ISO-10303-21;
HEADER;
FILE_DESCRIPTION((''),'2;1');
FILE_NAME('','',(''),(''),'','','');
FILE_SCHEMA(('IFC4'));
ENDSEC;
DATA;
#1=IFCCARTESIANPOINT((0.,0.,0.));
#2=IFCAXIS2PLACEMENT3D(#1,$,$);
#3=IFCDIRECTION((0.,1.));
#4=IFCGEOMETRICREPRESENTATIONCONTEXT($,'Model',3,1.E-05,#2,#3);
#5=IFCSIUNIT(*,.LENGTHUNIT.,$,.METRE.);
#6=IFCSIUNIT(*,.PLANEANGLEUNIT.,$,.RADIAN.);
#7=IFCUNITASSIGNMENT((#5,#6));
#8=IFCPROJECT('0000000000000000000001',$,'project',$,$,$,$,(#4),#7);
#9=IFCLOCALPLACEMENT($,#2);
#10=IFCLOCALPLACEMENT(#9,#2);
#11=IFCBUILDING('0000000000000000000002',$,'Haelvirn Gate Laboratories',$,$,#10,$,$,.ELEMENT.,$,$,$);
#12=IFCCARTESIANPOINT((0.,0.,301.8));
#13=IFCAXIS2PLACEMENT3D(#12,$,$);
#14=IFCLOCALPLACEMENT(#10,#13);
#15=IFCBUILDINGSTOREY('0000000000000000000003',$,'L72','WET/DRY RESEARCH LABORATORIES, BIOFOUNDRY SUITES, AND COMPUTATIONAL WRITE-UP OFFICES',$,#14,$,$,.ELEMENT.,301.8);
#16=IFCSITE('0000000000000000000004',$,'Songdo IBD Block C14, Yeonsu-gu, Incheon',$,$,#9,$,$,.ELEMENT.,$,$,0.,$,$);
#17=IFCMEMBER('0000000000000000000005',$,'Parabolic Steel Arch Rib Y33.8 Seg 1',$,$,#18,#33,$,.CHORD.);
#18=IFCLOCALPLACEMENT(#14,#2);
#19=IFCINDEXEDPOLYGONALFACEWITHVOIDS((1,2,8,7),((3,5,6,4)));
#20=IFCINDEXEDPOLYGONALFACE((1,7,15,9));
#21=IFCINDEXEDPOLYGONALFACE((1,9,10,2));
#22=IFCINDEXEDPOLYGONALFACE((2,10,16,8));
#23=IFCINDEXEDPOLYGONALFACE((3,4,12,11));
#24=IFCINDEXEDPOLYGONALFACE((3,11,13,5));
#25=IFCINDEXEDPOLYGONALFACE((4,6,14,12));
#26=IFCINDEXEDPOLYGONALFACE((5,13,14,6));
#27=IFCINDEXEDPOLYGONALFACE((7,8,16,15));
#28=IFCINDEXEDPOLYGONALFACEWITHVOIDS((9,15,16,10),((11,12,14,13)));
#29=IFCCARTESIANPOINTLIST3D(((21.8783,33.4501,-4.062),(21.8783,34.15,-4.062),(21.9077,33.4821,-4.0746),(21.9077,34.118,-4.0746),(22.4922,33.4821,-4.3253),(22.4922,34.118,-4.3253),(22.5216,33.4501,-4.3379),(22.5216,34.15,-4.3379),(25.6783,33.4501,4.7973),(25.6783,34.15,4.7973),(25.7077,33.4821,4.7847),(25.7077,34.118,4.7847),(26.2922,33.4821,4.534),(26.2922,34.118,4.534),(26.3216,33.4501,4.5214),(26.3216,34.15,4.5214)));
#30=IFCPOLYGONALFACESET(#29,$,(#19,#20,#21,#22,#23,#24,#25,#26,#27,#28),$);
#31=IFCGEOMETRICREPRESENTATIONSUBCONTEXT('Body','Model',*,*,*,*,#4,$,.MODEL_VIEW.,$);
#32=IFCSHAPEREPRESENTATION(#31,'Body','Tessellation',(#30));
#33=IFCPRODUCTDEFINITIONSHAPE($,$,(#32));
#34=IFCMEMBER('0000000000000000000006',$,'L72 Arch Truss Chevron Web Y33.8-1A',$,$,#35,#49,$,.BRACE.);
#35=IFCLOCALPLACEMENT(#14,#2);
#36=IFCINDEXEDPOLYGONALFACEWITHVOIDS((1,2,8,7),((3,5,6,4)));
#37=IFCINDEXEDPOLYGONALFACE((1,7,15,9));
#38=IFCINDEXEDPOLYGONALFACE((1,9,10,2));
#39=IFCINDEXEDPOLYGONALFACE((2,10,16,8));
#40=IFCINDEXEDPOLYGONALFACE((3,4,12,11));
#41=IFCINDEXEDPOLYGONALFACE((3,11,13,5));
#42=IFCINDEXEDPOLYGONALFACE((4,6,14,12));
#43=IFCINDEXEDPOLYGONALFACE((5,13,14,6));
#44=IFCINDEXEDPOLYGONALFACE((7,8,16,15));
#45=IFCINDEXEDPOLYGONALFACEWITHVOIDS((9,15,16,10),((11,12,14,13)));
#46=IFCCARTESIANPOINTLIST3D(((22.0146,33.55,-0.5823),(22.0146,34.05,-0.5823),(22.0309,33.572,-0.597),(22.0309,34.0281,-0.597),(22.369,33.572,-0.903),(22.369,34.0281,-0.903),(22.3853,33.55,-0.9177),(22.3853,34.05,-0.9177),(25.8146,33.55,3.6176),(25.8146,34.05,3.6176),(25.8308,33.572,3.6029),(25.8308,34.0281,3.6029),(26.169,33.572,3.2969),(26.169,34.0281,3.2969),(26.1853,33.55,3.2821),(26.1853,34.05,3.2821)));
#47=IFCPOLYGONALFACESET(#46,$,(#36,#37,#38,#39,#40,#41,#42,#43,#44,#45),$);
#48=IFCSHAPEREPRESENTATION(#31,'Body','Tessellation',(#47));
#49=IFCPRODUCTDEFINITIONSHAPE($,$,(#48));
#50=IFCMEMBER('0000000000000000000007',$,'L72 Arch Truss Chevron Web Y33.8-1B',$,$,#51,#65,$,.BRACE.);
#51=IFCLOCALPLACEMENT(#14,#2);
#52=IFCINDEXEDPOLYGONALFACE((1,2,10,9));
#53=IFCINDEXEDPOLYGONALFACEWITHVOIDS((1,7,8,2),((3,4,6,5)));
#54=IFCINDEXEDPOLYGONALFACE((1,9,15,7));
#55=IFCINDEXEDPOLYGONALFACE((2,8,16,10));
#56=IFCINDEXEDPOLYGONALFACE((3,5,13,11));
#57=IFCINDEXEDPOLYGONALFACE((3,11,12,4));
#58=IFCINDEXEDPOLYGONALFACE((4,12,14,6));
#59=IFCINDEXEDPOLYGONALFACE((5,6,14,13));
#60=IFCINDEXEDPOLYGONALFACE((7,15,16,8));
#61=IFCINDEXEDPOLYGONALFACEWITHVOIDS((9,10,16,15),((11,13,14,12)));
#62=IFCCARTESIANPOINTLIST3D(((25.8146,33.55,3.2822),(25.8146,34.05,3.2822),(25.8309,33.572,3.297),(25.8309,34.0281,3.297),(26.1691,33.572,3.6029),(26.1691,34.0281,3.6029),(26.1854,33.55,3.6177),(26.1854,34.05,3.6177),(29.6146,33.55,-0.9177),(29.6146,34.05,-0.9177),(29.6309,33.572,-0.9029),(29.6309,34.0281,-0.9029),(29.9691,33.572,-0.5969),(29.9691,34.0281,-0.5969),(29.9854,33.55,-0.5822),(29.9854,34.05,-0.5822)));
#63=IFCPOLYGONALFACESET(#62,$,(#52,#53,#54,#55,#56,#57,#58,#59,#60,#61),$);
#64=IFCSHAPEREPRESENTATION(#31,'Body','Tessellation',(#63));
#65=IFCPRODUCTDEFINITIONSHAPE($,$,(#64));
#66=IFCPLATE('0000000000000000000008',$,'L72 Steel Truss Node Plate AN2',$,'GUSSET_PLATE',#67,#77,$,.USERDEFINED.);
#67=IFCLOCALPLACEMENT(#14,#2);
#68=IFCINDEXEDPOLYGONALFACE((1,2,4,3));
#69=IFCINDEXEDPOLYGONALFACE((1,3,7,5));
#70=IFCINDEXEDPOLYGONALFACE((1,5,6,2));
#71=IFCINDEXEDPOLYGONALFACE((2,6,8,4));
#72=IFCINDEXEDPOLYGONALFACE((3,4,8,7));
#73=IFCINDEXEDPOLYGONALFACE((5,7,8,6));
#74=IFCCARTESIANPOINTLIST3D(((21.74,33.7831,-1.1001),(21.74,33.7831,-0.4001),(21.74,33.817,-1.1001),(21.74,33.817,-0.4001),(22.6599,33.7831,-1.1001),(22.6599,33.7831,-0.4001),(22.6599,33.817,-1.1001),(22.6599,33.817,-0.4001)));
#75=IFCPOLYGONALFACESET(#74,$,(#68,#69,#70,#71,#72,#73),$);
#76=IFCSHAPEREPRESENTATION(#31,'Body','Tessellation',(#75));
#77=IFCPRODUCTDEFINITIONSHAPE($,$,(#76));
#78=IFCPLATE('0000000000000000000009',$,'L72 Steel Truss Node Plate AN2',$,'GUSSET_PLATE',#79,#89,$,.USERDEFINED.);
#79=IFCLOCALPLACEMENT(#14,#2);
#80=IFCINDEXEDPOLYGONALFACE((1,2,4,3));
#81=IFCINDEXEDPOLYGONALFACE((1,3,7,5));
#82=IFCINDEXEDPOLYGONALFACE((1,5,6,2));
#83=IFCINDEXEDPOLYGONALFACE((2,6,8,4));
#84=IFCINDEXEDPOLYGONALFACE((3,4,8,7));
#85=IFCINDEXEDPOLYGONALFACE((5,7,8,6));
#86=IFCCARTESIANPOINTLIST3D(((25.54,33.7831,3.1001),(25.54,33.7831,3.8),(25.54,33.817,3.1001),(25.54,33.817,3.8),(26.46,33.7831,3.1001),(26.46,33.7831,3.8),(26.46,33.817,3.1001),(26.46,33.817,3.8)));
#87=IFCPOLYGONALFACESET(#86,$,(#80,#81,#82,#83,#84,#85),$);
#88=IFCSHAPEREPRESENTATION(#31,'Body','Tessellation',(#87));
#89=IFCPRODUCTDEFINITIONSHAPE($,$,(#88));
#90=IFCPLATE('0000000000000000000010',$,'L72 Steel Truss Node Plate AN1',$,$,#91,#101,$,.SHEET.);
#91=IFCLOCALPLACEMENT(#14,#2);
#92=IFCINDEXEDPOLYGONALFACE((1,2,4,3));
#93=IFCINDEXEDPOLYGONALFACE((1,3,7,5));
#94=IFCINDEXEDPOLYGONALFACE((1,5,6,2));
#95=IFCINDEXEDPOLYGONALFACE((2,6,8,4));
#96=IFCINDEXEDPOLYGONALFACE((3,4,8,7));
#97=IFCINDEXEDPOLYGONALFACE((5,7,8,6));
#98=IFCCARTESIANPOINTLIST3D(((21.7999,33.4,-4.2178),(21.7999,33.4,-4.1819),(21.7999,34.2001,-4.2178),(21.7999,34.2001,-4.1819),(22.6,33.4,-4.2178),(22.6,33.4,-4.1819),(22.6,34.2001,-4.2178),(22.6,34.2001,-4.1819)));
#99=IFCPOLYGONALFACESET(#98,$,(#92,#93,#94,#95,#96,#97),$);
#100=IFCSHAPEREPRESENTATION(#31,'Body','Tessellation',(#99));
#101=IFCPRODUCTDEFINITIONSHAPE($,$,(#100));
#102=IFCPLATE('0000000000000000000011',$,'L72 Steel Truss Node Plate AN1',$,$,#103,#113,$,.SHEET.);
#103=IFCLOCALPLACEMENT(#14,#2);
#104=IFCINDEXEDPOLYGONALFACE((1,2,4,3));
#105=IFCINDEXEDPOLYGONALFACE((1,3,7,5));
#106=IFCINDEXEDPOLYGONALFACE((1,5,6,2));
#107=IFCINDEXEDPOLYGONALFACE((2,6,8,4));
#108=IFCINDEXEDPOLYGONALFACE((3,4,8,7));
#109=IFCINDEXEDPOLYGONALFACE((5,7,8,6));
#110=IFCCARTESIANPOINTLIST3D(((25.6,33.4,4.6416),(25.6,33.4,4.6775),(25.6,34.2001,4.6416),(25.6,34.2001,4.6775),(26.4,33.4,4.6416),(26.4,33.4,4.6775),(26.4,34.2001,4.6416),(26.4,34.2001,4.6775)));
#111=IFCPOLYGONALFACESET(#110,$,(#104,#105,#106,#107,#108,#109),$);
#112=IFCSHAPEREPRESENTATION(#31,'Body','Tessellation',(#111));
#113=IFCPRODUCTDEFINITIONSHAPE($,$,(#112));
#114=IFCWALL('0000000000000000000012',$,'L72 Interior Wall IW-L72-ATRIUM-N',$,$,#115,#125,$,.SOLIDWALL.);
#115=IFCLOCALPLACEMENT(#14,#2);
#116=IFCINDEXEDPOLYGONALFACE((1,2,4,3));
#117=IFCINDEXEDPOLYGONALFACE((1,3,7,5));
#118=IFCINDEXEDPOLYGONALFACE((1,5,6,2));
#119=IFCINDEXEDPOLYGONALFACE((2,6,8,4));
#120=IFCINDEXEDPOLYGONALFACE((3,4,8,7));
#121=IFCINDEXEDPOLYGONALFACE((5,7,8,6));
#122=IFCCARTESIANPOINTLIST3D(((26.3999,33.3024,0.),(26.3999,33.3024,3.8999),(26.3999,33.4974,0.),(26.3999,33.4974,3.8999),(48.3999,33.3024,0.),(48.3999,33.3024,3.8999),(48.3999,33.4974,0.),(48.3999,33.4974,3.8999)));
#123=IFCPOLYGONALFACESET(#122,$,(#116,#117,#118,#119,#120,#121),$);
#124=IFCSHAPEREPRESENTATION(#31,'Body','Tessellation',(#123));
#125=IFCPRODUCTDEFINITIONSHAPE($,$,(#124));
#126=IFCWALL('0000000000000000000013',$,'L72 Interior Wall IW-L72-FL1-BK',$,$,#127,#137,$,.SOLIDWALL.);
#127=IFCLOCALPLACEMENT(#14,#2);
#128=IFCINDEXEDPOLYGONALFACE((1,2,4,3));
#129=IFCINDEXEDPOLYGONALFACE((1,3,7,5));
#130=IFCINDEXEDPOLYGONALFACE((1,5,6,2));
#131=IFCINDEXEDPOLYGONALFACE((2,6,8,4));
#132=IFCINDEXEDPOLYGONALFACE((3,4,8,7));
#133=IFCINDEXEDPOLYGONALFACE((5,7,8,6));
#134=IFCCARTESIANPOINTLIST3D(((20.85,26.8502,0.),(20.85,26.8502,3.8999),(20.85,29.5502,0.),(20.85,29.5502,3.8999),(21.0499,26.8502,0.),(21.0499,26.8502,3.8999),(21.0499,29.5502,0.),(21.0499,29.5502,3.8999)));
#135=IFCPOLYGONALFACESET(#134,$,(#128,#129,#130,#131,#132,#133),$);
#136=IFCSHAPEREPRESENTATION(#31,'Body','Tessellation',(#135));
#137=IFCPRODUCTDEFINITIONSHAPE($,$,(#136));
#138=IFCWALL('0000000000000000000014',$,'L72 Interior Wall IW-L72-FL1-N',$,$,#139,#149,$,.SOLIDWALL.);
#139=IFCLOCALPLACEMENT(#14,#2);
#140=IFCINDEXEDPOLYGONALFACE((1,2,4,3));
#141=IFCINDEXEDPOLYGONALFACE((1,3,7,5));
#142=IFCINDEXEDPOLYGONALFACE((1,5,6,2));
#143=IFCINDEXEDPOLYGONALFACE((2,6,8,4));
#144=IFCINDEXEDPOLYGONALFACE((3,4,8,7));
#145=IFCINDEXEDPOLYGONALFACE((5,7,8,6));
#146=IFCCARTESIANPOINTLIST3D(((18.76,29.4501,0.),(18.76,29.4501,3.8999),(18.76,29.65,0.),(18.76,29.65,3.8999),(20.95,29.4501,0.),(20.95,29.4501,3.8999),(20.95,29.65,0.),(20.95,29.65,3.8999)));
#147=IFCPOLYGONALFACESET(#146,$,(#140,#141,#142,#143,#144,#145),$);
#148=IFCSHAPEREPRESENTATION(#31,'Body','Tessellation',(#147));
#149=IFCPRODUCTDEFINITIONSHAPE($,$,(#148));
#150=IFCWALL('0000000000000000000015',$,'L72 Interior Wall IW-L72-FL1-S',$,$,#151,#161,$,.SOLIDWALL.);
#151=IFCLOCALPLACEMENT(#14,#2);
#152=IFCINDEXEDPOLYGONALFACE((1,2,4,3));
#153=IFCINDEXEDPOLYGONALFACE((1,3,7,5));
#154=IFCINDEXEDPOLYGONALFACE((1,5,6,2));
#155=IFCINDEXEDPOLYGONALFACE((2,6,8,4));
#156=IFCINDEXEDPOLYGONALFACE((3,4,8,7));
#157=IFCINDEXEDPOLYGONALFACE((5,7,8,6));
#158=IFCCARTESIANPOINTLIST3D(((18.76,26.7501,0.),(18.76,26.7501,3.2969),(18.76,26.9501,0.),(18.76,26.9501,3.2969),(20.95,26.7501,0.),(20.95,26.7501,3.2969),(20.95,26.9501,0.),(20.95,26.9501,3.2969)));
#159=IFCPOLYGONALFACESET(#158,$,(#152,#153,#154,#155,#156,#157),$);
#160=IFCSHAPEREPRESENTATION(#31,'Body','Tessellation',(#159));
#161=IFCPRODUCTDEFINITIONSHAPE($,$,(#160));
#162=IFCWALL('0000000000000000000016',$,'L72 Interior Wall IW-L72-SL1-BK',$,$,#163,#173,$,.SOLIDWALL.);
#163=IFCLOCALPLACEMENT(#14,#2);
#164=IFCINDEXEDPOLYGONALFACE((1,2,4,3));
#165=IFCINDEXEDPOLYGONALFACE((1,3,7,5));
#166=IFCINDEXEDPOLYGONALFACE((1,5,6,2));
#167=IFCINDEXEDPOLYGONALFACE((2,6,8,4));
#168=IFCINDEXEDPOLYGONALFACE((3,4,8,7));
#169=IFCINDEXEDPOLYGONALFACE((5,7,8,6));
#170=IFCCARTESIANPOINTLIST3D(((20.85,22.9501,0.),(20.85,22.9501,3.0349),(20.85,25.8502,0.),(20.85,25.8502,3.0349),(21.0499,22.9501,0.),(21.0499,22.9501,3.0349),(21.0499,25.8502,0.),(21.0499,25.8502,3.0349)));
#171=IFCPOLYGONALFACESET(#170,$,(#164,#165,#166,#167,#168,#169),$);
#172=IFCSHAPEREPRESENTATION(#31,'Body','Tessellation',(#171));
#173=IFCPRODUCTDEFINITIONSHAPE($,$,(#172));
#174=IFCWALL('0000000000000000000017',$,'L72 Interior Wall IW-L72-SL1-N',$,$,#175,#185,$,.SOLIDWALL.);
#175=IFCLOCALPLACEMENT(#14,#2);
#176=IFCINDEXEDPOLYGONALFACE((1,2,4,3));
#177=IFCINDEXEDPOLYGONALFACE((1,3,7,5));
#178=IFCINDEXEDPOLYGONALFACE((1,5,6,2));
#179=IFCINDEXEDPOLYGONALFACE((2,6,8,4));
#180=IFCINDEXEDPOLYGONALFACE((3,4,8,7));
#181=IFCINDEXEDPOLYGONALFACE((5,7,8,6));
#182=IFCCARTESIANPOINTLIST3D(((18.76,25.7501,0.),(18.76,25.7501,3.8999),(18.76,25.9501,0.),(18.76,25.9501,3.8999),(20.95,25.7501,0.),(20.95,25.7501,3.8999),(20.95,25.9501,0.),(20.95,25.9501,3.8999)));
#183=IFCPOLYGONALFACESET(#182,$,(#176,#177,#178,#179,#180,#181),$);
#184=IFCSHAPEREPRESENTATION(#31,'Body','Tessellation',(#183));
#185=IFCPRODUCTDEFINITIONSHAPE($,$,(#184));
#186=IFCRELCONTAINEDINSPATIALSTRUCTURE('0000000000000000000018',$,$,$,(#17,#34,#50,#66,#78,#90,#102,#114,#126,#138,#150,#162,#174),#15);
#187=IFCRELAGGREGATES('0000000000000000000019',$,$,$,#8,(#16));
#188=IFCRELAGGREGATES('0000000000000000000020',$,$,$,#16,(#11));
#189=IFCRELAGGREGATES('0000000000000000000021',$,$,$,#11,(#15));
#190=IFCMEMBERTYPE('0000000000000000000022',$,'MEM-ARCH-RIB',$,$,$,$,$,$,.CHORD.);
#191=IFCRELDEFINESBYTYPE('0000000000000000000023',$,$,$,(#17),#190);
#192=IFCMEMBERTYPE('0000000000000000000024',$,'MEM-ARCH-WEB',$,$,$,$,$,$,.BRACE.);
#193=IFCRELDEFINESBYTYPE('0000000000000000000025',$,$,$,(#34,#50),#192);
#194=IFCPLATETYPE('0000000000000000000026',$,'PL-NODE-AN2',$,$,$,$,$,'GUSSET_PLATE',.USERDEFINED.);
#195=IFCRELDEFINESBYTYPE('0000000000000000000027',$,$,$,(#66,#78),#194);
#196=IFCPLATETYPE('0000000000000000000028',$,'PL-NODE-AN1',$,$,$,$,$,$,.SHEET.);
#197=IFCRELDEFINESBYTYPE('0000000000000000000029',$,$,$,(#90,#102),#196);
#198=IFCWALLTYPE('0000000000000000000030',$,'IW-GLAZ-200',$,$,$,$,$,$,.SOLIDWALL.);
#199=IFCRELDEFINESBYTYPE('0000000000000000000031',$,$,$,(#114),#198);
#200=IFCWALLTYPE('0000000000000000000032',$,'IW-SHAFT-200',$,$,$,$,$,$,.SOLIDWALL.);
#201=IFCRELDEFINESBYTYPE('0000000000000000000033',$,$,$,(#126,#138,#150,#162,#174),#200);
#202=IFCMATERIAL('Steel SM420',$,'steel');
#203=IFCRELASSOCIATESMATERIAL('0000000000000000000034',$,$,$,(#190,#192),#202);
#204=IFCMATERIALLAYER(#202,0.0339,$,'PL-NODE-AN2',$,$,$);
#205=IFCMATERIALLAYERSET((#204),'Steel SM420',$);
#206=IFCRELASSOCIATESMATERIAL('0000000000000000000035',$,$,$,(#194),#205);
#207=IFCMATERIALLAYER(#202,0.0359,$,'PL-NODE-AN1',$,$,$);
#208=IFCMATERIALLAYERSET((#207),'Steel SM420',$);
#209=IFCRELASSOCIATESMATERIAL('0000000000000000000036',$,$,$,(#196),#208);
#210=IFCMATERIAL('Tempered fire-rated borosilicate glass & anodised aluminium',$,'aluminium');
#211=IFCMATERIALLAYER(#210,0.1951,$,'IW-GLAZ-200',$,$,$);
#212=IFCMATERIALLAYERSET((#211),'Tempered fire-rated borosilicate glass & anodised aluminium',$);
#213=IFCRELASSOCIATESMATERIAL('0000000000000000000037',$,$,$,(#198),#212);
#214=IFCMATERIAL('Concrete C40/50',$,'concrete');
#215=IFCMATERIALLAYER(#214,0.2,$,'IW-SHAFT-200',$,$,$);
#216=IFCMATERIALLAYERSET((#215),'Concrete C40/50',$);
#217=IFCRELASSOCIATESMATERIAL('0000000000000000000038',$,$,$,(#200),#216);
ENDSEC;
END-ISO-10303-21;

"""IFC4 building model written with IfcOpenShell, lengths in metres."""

from ifc_helpers import new_model, si_unit, direction, frame, frame_2d, origin, origin_2d, place, context, subcontext, project, spatial, rectangle, hollow_rectangle, extrude, source, transform, mapped, material, layer, layer_set, material_profile, profile_set, type_object, type_shapes, element, save


model = new_model("IFC4")

# Units and contexts
model_context = context("Model", 3, precision=1e-05, world=origin(), true_north=direction((0.0, 1.0)))
body_context = subcontext(model_context, "Body", "Model", "MODEL_VIEW")
ifc_project = project(units=[si_unit("LENGTHUNIT", "METRE"), si_unit("PLANEANGLEUNIT", "RADIAN")], contexts=[model_context])

# Site, building, storey
site_placement = place(None, origin())
site = spatial("IfcSite", under=ifc_project, at=site_placement, Name="Songdo IBD Block C14, Yeonsu-gu, Incheon", CompositionType="ELEMENT", RefElevation=0.0)
building_placement = place(site_placement, origin())
building = spatial("IfcBuilding", under=site, at=building_placement, Name="Haelvirn Gate Laboratories", CompositionType="ELEMENT")
storey_placement = place(building_placement, frame((0.0, 0.0, 301.8)))
storey = spatial("IfcBuildingStorey", under=building, at=storey_placement, Name="L72", Description="WET/DRY RESEARCH LABORATORIES, BIOFOUNDRY SUITES, AND COMPUTATIONAL WRITE-UP OFFICES", CompositionType="ELEMENT", Elevation=301.8)

# Shared definitions
ifc_material_1 = material(Name="Steel SM420", Category="steel")

# Members
ifc_material_profile_1 = material_profile(ifc_material_1, hollow_rectangle(XDim=0.7, YDim=0.7, WallThickness=0.032, at=origin_2d()), Name="BOX-700x700x32")
ifc_profile_set_1 = profile_set([ifc_material_profile_1], Name="Steel SM420")
member_type_1 = type_object("IfcMemberType", Name="MEM-ARCH-RIB", PredefinedType="CHORD", material=ifc_profile_set_1)
shared_shape_1 = source(origin(), body_context, "Body", "SweptSolid", [
    extrude(hollow_rectangle(XDim=0.7, YDim=0.7, WallThickness=0.032, at=origin_2d()), origin(), (0.0, 0.0, 1.0), 9.6399),
])
type_shapes(member_type_1, [shared_shape_1])
member_placement = place(storey_placement, frame((22.2, 33.8, -4.2), z_axis=(0.394197, 0.0, 0.919026), x_axis=(0.0, 1.0, 0.0)))
element("IfcMember", 1, at=member_placement, inside=storey, type_object=member_type_1, Name="Parabolic Steel Arch Rib Y33.8 Seg 1", PredefinedType="CHORD", context=body_context, shape_type="MappedRepresentation", body=[
    mapped(shared_shape_1, transform((0.0, 0.0, 0.0), scale=1.0)),
])
ifc_material_profile_2 = material_profile(ifc_material_1, hollow_rectangle(XDim=0.5, YDim=0.5, WallThickness=0.022, at=origin_2d()), Name="BOX-500x500x22")
ifc_profile_set_2 = profile_set([ifc_material_profile_2], Name="Steel SM420")
member_type_2 = type_object("IfcMemberType", Name="MEM-ARCH-WEB", PredefinedType="BRACE", material=ifc_profile_set_2)
shared_shape_2 = source(origin(), body_context, "Body", "SweptSolid", [
    extrude(hollow_rectangle(XDim=0.5, YDim=0.5, WallThickness=0.022, at=origin_2d()), origin(), (0.0, 0.0, 1.0), 5.6638),
])
type_shapes(member_type_2, [shared_shape_2])
for number, where, z_axis, x_axis, name in (
    (2, (22.2, 33.8, -0.75), (0.670922, 0.0, 0.741528), (0.0, 1.0, 0.0), "L72 Arch Truss Chevron Web Y33.8-1A"),
    (3, (26.0, 33.8, 3.45), (0.670922, 0.0, -0.741528), (0.0, 1.0, 0.0), "L72 Arch Truss Chevron Web Y33.8-1B"),
):
    element("IfcMember", number, at=place(storey_placement, frame(where, z_axis=z_axis, x_axis=x_axis)), inside=storey, type_object=member_type_2, Name=name, PredefinedType="BRACE", context=body_context, shape_type="MappedRepresentation", body=[
        mapped(shared_shape_2, transform((0.0, 0.0, 0.0), scale=1.0)),
    ])

# Plates
ifc_layer_1 = layer(ifc_material_1, 0.0339, Name="PL-NODE-AN2")
ifc_layer_set_1 = layer_set([ifc_layer_1], Name="Steel SM420")
plate_type_1 = type_object("IfcPlateType", Name="PL-NODE-AN2", ElementType="GUSSET_PLATE", PredefinedType="USERDEFINED", material=ifc_layer_set_1)
shared_shape_3 = source(origin(), body_context, "Body", "SweptSolid", [
    extrude(rectangle(XDim=0.9199, YDim=0.0339, at=origin_2d()), origin(), (0.0, 0.0, 1.0), 0.7),
])
type_shapes(plate_type_1, [shared_shape_3])
for number, where, z_axis, x_axis, name in (
    (4, (22.2, 33.8, -1.1001), (0.0, 0.0, 1.0), (1.0, 0.0, 0.0), "L72 Steel Truss Node Plate AN2"),
    (5, (26.0, 33.8, 3.1001), (0.0, 0.0, 1.0), (1.0, 0.0, 0.0), "L72 Steel Truss Node Plate AN2"),
):
    element("IfcPlate", number, at=place(storey_placement, frame(where, z_axis=z_axis, x_axis=x_axis)), inside=storey, type_object=plate_type_1, Name=name, ObjectType="GUSSET_PLATE", PredefinedType="USERDEFINED", context=body_context, shape_type="MappedRepresentation", body=[
        mapped(shared_shape_3, transform((0.0, 0.0, 0.0), scale=1.0)),
    ])
ifc_layer_2 = layer(ifc_material_1, 0.0359, Name="PL-NODE-AN1")
ifc_layer_set_2 = layer_set([ifc_layer_2], Name="Steel SM420")
plate_type_2 = type_object("IfcPlateType", Name="PL-NODE-AN1", PredefinedType="SHEET", material=ifc_layer_set_2)
shared_shape_4 = source(origin(), body_context, "Body", "SweptSolid", [
    extrude(rectangle(XDim=0.8, YDim=0.8, at=origin_2d()), origin(), (0.0, 0.0, 1.0), 0.0359),
])
type_shapes(plate_type_2, [shared_shape_4])
for number, where, z_axis, x_axis, name in (
    (6, (22.2, 33.8, -4.2178), (0.0, 0.0, 1.0), (1.0, 0.0, 0.0), "L72 Steel Truss Node Plate AN1"),
    (7, (26.0, 33.8, 4.6416), (0.0, 0.0, 1.0), (1.0, 0.0, 0.0), "L72 Steel Truss Node Plate AN1"),
):
    element("IfcPlate", number, at=place(storey_placement, frame(where, z_axis=z_axis, x_axis=x_axis)), inside=storey, type_object=plate_type_2, Name=name, PredefinedType="SHEET", context=body_context, shape_type="MappedRepresentation", body=[
        mapped(shared_shape_4, transform((0.0, 0.0, 0.0), scale=1.0)),
    ])

# Walls
ifc_material_2 = material(Name="Tempered fire-rated borosilicate glass & anodised aluminium", Category="aluminium")
ifc_layer_3 = layer(ifc_material_2, 0.1951, Name="IW-GLAZ-200")
ifc_layer_set_3 = layer_set([ifc_layer_3], Name="Tempered fire-rated borosilicate glass & anodised aluminium")
wall_type_1 = type_object("IfcWallType", Name="IW-GLAZ-200", PredefinedType="SOLIDWALL", material=ifc_layer_set_3)
wall_1_placement = place(storey_placement, frame((26.3999, 33.3999, 0.0), z_axis=(0.0, 0.0, 1.0), x_axis=(1.0, 0.0, 0.0)))
element("IfcWall", 8, at=wall_1_placement, inside=storey, type_object=wall_type_1, Name="L72 Interior Wall IW-L72-ATRIUM-N", PredefinedType="SOLIDWALL", context=body_context, shape_type="SweptSolid", body=[
    extrude(rectangle(XDim=22.0, YDim=0.1951, at=frame_2d((11.0, 0.0))), origin(), (0.0, 0.0, 1.0), 3.8999),
])
ifc_material_3 = material(Name="Concrete C40/50", Category="concrete")
ifc_layer_4 = layer(ifc_material_3, 0.2, Name="IW-SHAFT-200")
ifc_layer_set_4 = layer_set([ifc_layer_4], Name="Concrete C40/50")
wall_type_2 = type_object("IfcWallType", Name="IW-SHAFT-200", PredefinedType="SOLIDWALL", material=ifc_layer_set_4)
wall_2_placement = place(storey_placement, frame((20.95, 26.8501, 0.0), z_axis=(0.0, 0.0, 1.0), x_axis=(0.0, 1.0, 0.0)))
element("IfcWall", 9, at=wall_2_placement, inside=storey, type_object=wall_type_2, Name="L72 Interior Wall IW-L72-FL1-BK", PredefinedType="SOLIDWALL", context=body_context, shape_type="SweptSolid", body=[
    extrude(rectangle(XDim=2.7, YDim=0.2, at=frame_2d((1.3501, 0.0))), origin(), (0.0, 0.0, 1.0), 3.8999),
])
wall_3_placement = place(storey_placement, frame((18.76, 29.55, 0.0), z_axis=(0.0, 0.0, 1.0), x_axis=(1.0, 0.0, 0.0)))
element("IfcWall", 10, at=wall_3_placement, inside=storey, type_object=wall_type_2, Name="L72 Interior Wall IW-L72-FL1-N", PredefinedType="SOLIDWALL", context=body_context, shape_type="SweptSolid", body=[
    extrude(rectangle(XDim=2.1899, YDim=0.2, at=frame_2d((1.095, 0.0))), origin(), (0.0, 0.0, 1.0), 3.8999),
])
wall_4_placement = place(storey_placement, frame((18.76, 26.8501, 0.0), z_axis=(0.0, 0.0, 1.0), x_axis=(1.0, 0.0, 0.0)))
element("IfcWall", 11, at=wall_4_placement, inside=storey, type_object=wall_type_2, Name="L72 Interior Wall IW-L72-FL1-S", PredefinedType="SOLIDWALL", context=body_context, shape_type="SweptSolid", body=[
    extrude(rectangle(XDim=2.1899, YDim=0.2, at=frame_2d((1.095, 0.0))), origin(), (0.0, 0.0, 1.0), 3.2969),
])
wall_5_placement = place(storey_placement, frame((20.95, 22.95, 0.0), z_axis=(0.0, 0.0, 1.0), x_axis=(0.0, 1.0, 0.0)))
element("IfcWall", 12, at=wall_5_placement, inside=storey, type_object=wall_type_2, Name="L72 Interior Wall IW-L72-SL1-BK", PredefinedType="SOLIDWALL", context=body_context, shape_type="SweptSolid", body=[
    extrude(rectangle(XDim=2.9001, YDim=0.2, at=frame_2d((1.4502, 0.0))), origin(), (0.0, 0.0, 1.0), 3.0349),
])
wall_6_placement = place(storey_placement, frame((18.76, 25.8501, 0.0), z_axis=(0.0, 0.0, 1.0), x_axis=(1.0, 0.0, 0.0)))
element("IfcWall", 13, at=wall_6_placement, inside=storey, type_object=wall_type_2, Name="L72 Interior Wall IW-L72-SL1-N", PredefinedType="SOLIDWALL", context=body_context, shape_type="SweptSolid", body=[
    extrude(rectangle(XDim=2.1899, YDim=0.2, at=frame_2d((1.095, 0.0))), origin(), (0.0, 0.0, 1.0), 3.8999),
])

save(model, "model.ifc")
